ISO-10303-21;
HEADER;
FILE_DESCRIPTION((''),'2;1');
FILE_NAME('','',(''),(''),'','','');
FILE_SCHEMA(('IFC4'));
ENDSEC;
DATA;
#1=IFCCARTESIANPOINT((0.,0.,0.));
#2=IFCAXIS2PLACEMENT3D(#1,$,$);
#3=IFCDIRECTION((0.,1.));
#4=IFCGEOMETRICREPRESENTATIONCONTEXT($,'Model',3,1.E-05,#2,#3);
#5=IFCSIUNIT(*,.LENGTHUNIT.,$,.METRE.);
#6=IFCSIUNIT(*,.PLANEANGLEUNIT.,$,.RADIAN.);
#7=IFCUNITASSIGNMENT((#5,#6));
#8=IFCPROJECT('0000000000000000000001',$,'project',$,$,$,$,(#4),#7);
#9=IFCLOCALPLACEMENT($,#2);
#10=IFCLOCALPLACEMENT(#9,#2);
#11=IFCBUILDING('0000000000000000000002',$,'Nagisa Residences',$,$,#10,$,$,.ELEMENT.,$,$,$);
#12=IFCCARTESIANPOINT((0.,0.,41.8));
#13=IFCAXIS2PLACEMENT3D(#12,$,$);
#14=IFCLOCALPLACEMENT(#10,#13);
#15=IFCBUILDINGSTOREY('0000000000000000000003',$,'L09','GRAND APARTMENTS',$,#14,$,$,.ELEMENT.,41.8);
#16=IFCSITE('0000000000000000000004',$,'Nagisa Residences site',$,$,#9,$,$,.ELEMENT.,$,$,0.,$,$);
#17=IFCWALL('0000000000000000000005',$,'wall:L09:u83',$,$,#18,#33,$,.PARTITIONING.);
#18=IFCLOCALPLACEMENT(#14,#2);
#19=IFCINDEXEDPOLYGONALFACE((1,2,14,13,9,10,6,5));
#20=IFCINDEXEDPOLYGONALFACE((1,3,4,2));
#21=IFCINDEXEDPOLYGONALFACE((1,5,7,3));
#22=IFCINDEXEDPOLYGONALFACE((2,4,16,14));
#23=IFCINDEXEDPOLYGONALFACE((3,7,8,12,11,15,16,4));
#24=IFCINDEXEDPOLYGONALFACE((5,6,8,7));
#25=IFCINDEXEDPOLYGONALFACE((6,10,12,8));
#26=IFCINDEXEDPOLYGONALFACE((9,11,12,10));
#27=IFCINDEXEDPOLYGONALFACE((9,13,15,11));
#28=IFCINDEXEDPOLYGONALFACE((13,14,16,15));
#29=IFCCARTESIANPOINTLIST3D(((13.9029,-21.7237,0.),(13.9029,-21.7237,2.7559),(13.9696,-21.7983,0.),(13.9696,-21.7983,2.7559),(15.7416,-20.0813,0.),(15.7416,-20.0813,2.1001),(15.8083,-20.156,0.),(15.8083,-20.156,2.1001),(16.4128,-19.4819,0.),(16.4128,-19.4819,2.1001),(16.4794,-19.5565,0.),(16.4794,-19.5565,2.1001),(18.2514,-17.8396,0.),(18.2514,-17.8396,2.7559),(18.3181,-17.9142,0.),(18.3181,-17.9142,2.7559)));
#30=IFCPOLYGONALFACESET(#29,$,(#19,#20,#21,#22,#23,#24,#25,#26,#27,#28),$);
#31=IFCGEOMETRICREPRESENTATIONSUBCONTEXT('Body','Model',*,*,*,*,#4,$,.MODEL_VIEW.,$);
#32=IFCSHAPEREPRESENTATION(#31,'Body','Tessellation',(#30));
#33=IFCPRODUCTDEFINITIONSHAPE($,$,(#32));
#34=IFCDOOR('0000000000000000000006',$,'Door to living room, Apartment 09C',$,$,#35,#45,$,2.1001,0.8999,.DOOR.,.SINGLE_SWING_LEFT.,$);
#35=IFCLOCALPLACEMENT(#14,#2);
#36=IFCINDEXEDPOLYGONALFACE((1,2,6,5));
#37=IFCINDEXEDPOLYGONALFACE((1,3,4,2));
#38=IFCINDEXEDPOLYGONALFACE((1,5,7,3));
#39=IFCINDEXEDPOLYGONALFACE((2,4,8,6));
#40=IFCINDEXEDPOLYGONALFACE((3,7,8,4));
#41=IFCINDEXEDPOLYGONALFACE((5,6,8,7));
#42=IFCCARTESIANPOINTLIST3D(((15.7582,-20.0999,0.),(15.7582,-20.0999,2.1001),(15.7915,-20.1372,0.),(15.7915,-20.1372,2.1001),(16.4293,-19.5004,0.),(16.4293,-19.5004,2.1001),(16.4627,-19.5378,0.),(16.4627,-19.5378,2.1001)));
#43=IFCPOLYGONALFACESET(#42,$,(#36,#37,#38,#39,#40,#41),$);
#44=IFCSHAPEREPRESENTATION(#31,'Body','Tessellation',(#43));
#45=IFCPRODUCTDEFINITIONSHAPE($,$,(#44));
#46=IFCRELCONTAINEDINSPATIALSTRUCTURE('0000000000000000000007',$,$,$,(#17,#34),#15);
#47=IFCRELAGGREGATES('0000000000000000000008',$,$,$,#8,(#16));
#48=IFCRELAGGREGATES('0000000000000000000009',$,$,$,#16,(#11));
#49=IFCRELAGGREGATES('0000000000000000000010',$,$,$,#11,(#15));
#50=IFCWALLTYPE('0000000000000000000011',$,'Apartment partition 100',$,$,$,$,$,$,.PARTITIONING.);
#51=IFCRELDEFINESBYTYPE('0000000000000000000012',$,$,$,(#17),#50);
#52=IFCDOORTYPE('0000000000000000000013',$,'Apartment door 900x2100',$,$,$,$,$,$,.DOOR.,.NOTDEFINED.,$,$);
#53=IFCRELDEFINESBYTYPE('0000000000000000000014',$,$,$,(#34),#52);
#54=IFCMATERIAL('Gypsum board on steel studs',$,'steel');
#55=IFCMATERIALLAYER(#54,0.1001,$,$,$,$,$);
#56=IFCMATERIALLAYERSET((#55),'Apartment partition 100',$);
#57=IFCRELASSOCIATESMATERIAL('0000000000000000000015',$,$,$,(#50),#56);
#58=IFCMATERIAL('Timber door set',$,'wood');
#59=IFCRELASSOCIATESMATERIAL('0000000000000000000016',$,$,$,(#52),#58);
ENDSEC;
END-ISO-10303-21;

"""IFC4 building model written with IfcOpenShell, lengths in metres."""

from ifc_helpers import new_model, si_unit, direction, frame, frame_2d, origin, place, context, subcontext, project, spatial, rectangle, extrude, material, layer, layer_set, type_object, element, fill, save


model = new_model("IFC4")

# Units and contexts
model_context = context("Model", 3, precision=1e-05, world=origin(), true_north=direction((0.0, 1.0)))
body_context = subcontext(model_context, "Body", "Model", "MODEL_VIEW")
ifc_project = project(units=[si_unit("LENGTHUNIT", "METRE"), si_unit("PLANEANGLEUNIT", "RADIAN")], contexts=[model_context])

# Site, building, storey
site_placement = place(None, origin())
site = spatial("IfcSite", under=ifc_project, at=site_placement, Name="Nagisa Residences site", CompositionType="ELEMENT", RefElevation=0.0)
building_placement = place(site_placement, origin())
building = spatial("IfcBuilding", under=site, at=building_placement, Name="Nagisa Residences", CompositionType="ELEMENT")
storey_placement = place(building_placement, frame((0.0, 0.0, 41.8)))
storey = spatial("IfcBuildingStorey", under=building, at=storey_placement, Name="L09", Description="GRAND APARTMENTS", CompositionType="ELEMENT", Elevation=41.8)

# Shared definitions
ifc_material_1 = material(Name="Gypsum board on steel studs", Category="steel")
ifc_layer_1 = layer(ifc_material_1, 0.1001)
ifc_layer_set_1 = layer_set([ifc_layer_1], Name="Apartment partition 100")
wall_type_1 = type_object("IfcWallType", Name="Apartment partition 100", PredefinedType="PARTITIONING", material=ifc_layer_set_1)

# Shared definitions
ifc_material_2 = material(Name="Timber door set", Category="wood")
door_type_1 = type_object("IfcDoorType", Name="Apartment door 900x2100", OperationType="NOTDEFINED", PredefinedType="DOOR", material=ifc_material_2)

# Wall, opening, door
wall_1_placement = place(storey_placement, frame((13.9363, -21.761, 0.0), z_axis=(0.0, 0.0, 1.0), x_axis=(0.745806, 0.666163, 0.0)))
wall_1 = element("IfcWall", 1, at=wall_1_placement, inside=storey, type_object=wall_type_1, Name="wall:L09:u83", PredefinedType="PARTITIONING", context=body_context, shape_type="SweptSolid", body=[
    extrude(rectangle(XDim=5.8306, YDim=0.1001, at=frame_2d((2.9153, 0.0))), origin(), (0.0, 0.0, 1.0), 2.7559),
])
opening_1_placement = place(wall_1_placement, frame((2.4653, 0.0, 0.0)))
opening_1 = element("IfcOpeningElement", 2, at=opening_1_placement, cuts=wall_1, PredefinedType="OPENING", context=body_context, shape_type="SweptSolid", body=[
    extrude(rectangle(XDim=0.8999, YDim=2.1001, at=frame_2d((0.45, 1.05))), frame((0.0, 0.0601, 0.0), z_axis=(0.0, -1.0, 0.0), x_axis=(1.0, 0.0, 0.0)), (0.0, 0.0, 1.0), 0.1201),
])
door_1_placement = place(opening_1_placement, frame((0.8999, 0.0, 0.0), x_axis=(-1.0, 0.0, 0.0)))
door_1 = element("IfcDoor", 3, at=door_1_placement, inside=storey, type_object=door_type_1, Name="Door to living room, Apartment 09C", OperationType="SINGLE_SWING_LEFT", OverallHeight=2.1001, OverallWidth=0.8999, PredefinedType="DOOR", context=body_context, shape_type="SweptSolid", body=[
    extrude(rectangle(XDim=0.8999, YDim=2.1001, at=frame_2d((0.45, 1.05))), frame((0.0, 0.0249, 0.0), z_axis=(0.0, -1.0, 0.0), x_axis=(1.0, 0.0, 0.0)), (0.0, 0.0, 1.0), 0.05),
])
fill(opening_1, door_1)

save(model, "model.ifc")
